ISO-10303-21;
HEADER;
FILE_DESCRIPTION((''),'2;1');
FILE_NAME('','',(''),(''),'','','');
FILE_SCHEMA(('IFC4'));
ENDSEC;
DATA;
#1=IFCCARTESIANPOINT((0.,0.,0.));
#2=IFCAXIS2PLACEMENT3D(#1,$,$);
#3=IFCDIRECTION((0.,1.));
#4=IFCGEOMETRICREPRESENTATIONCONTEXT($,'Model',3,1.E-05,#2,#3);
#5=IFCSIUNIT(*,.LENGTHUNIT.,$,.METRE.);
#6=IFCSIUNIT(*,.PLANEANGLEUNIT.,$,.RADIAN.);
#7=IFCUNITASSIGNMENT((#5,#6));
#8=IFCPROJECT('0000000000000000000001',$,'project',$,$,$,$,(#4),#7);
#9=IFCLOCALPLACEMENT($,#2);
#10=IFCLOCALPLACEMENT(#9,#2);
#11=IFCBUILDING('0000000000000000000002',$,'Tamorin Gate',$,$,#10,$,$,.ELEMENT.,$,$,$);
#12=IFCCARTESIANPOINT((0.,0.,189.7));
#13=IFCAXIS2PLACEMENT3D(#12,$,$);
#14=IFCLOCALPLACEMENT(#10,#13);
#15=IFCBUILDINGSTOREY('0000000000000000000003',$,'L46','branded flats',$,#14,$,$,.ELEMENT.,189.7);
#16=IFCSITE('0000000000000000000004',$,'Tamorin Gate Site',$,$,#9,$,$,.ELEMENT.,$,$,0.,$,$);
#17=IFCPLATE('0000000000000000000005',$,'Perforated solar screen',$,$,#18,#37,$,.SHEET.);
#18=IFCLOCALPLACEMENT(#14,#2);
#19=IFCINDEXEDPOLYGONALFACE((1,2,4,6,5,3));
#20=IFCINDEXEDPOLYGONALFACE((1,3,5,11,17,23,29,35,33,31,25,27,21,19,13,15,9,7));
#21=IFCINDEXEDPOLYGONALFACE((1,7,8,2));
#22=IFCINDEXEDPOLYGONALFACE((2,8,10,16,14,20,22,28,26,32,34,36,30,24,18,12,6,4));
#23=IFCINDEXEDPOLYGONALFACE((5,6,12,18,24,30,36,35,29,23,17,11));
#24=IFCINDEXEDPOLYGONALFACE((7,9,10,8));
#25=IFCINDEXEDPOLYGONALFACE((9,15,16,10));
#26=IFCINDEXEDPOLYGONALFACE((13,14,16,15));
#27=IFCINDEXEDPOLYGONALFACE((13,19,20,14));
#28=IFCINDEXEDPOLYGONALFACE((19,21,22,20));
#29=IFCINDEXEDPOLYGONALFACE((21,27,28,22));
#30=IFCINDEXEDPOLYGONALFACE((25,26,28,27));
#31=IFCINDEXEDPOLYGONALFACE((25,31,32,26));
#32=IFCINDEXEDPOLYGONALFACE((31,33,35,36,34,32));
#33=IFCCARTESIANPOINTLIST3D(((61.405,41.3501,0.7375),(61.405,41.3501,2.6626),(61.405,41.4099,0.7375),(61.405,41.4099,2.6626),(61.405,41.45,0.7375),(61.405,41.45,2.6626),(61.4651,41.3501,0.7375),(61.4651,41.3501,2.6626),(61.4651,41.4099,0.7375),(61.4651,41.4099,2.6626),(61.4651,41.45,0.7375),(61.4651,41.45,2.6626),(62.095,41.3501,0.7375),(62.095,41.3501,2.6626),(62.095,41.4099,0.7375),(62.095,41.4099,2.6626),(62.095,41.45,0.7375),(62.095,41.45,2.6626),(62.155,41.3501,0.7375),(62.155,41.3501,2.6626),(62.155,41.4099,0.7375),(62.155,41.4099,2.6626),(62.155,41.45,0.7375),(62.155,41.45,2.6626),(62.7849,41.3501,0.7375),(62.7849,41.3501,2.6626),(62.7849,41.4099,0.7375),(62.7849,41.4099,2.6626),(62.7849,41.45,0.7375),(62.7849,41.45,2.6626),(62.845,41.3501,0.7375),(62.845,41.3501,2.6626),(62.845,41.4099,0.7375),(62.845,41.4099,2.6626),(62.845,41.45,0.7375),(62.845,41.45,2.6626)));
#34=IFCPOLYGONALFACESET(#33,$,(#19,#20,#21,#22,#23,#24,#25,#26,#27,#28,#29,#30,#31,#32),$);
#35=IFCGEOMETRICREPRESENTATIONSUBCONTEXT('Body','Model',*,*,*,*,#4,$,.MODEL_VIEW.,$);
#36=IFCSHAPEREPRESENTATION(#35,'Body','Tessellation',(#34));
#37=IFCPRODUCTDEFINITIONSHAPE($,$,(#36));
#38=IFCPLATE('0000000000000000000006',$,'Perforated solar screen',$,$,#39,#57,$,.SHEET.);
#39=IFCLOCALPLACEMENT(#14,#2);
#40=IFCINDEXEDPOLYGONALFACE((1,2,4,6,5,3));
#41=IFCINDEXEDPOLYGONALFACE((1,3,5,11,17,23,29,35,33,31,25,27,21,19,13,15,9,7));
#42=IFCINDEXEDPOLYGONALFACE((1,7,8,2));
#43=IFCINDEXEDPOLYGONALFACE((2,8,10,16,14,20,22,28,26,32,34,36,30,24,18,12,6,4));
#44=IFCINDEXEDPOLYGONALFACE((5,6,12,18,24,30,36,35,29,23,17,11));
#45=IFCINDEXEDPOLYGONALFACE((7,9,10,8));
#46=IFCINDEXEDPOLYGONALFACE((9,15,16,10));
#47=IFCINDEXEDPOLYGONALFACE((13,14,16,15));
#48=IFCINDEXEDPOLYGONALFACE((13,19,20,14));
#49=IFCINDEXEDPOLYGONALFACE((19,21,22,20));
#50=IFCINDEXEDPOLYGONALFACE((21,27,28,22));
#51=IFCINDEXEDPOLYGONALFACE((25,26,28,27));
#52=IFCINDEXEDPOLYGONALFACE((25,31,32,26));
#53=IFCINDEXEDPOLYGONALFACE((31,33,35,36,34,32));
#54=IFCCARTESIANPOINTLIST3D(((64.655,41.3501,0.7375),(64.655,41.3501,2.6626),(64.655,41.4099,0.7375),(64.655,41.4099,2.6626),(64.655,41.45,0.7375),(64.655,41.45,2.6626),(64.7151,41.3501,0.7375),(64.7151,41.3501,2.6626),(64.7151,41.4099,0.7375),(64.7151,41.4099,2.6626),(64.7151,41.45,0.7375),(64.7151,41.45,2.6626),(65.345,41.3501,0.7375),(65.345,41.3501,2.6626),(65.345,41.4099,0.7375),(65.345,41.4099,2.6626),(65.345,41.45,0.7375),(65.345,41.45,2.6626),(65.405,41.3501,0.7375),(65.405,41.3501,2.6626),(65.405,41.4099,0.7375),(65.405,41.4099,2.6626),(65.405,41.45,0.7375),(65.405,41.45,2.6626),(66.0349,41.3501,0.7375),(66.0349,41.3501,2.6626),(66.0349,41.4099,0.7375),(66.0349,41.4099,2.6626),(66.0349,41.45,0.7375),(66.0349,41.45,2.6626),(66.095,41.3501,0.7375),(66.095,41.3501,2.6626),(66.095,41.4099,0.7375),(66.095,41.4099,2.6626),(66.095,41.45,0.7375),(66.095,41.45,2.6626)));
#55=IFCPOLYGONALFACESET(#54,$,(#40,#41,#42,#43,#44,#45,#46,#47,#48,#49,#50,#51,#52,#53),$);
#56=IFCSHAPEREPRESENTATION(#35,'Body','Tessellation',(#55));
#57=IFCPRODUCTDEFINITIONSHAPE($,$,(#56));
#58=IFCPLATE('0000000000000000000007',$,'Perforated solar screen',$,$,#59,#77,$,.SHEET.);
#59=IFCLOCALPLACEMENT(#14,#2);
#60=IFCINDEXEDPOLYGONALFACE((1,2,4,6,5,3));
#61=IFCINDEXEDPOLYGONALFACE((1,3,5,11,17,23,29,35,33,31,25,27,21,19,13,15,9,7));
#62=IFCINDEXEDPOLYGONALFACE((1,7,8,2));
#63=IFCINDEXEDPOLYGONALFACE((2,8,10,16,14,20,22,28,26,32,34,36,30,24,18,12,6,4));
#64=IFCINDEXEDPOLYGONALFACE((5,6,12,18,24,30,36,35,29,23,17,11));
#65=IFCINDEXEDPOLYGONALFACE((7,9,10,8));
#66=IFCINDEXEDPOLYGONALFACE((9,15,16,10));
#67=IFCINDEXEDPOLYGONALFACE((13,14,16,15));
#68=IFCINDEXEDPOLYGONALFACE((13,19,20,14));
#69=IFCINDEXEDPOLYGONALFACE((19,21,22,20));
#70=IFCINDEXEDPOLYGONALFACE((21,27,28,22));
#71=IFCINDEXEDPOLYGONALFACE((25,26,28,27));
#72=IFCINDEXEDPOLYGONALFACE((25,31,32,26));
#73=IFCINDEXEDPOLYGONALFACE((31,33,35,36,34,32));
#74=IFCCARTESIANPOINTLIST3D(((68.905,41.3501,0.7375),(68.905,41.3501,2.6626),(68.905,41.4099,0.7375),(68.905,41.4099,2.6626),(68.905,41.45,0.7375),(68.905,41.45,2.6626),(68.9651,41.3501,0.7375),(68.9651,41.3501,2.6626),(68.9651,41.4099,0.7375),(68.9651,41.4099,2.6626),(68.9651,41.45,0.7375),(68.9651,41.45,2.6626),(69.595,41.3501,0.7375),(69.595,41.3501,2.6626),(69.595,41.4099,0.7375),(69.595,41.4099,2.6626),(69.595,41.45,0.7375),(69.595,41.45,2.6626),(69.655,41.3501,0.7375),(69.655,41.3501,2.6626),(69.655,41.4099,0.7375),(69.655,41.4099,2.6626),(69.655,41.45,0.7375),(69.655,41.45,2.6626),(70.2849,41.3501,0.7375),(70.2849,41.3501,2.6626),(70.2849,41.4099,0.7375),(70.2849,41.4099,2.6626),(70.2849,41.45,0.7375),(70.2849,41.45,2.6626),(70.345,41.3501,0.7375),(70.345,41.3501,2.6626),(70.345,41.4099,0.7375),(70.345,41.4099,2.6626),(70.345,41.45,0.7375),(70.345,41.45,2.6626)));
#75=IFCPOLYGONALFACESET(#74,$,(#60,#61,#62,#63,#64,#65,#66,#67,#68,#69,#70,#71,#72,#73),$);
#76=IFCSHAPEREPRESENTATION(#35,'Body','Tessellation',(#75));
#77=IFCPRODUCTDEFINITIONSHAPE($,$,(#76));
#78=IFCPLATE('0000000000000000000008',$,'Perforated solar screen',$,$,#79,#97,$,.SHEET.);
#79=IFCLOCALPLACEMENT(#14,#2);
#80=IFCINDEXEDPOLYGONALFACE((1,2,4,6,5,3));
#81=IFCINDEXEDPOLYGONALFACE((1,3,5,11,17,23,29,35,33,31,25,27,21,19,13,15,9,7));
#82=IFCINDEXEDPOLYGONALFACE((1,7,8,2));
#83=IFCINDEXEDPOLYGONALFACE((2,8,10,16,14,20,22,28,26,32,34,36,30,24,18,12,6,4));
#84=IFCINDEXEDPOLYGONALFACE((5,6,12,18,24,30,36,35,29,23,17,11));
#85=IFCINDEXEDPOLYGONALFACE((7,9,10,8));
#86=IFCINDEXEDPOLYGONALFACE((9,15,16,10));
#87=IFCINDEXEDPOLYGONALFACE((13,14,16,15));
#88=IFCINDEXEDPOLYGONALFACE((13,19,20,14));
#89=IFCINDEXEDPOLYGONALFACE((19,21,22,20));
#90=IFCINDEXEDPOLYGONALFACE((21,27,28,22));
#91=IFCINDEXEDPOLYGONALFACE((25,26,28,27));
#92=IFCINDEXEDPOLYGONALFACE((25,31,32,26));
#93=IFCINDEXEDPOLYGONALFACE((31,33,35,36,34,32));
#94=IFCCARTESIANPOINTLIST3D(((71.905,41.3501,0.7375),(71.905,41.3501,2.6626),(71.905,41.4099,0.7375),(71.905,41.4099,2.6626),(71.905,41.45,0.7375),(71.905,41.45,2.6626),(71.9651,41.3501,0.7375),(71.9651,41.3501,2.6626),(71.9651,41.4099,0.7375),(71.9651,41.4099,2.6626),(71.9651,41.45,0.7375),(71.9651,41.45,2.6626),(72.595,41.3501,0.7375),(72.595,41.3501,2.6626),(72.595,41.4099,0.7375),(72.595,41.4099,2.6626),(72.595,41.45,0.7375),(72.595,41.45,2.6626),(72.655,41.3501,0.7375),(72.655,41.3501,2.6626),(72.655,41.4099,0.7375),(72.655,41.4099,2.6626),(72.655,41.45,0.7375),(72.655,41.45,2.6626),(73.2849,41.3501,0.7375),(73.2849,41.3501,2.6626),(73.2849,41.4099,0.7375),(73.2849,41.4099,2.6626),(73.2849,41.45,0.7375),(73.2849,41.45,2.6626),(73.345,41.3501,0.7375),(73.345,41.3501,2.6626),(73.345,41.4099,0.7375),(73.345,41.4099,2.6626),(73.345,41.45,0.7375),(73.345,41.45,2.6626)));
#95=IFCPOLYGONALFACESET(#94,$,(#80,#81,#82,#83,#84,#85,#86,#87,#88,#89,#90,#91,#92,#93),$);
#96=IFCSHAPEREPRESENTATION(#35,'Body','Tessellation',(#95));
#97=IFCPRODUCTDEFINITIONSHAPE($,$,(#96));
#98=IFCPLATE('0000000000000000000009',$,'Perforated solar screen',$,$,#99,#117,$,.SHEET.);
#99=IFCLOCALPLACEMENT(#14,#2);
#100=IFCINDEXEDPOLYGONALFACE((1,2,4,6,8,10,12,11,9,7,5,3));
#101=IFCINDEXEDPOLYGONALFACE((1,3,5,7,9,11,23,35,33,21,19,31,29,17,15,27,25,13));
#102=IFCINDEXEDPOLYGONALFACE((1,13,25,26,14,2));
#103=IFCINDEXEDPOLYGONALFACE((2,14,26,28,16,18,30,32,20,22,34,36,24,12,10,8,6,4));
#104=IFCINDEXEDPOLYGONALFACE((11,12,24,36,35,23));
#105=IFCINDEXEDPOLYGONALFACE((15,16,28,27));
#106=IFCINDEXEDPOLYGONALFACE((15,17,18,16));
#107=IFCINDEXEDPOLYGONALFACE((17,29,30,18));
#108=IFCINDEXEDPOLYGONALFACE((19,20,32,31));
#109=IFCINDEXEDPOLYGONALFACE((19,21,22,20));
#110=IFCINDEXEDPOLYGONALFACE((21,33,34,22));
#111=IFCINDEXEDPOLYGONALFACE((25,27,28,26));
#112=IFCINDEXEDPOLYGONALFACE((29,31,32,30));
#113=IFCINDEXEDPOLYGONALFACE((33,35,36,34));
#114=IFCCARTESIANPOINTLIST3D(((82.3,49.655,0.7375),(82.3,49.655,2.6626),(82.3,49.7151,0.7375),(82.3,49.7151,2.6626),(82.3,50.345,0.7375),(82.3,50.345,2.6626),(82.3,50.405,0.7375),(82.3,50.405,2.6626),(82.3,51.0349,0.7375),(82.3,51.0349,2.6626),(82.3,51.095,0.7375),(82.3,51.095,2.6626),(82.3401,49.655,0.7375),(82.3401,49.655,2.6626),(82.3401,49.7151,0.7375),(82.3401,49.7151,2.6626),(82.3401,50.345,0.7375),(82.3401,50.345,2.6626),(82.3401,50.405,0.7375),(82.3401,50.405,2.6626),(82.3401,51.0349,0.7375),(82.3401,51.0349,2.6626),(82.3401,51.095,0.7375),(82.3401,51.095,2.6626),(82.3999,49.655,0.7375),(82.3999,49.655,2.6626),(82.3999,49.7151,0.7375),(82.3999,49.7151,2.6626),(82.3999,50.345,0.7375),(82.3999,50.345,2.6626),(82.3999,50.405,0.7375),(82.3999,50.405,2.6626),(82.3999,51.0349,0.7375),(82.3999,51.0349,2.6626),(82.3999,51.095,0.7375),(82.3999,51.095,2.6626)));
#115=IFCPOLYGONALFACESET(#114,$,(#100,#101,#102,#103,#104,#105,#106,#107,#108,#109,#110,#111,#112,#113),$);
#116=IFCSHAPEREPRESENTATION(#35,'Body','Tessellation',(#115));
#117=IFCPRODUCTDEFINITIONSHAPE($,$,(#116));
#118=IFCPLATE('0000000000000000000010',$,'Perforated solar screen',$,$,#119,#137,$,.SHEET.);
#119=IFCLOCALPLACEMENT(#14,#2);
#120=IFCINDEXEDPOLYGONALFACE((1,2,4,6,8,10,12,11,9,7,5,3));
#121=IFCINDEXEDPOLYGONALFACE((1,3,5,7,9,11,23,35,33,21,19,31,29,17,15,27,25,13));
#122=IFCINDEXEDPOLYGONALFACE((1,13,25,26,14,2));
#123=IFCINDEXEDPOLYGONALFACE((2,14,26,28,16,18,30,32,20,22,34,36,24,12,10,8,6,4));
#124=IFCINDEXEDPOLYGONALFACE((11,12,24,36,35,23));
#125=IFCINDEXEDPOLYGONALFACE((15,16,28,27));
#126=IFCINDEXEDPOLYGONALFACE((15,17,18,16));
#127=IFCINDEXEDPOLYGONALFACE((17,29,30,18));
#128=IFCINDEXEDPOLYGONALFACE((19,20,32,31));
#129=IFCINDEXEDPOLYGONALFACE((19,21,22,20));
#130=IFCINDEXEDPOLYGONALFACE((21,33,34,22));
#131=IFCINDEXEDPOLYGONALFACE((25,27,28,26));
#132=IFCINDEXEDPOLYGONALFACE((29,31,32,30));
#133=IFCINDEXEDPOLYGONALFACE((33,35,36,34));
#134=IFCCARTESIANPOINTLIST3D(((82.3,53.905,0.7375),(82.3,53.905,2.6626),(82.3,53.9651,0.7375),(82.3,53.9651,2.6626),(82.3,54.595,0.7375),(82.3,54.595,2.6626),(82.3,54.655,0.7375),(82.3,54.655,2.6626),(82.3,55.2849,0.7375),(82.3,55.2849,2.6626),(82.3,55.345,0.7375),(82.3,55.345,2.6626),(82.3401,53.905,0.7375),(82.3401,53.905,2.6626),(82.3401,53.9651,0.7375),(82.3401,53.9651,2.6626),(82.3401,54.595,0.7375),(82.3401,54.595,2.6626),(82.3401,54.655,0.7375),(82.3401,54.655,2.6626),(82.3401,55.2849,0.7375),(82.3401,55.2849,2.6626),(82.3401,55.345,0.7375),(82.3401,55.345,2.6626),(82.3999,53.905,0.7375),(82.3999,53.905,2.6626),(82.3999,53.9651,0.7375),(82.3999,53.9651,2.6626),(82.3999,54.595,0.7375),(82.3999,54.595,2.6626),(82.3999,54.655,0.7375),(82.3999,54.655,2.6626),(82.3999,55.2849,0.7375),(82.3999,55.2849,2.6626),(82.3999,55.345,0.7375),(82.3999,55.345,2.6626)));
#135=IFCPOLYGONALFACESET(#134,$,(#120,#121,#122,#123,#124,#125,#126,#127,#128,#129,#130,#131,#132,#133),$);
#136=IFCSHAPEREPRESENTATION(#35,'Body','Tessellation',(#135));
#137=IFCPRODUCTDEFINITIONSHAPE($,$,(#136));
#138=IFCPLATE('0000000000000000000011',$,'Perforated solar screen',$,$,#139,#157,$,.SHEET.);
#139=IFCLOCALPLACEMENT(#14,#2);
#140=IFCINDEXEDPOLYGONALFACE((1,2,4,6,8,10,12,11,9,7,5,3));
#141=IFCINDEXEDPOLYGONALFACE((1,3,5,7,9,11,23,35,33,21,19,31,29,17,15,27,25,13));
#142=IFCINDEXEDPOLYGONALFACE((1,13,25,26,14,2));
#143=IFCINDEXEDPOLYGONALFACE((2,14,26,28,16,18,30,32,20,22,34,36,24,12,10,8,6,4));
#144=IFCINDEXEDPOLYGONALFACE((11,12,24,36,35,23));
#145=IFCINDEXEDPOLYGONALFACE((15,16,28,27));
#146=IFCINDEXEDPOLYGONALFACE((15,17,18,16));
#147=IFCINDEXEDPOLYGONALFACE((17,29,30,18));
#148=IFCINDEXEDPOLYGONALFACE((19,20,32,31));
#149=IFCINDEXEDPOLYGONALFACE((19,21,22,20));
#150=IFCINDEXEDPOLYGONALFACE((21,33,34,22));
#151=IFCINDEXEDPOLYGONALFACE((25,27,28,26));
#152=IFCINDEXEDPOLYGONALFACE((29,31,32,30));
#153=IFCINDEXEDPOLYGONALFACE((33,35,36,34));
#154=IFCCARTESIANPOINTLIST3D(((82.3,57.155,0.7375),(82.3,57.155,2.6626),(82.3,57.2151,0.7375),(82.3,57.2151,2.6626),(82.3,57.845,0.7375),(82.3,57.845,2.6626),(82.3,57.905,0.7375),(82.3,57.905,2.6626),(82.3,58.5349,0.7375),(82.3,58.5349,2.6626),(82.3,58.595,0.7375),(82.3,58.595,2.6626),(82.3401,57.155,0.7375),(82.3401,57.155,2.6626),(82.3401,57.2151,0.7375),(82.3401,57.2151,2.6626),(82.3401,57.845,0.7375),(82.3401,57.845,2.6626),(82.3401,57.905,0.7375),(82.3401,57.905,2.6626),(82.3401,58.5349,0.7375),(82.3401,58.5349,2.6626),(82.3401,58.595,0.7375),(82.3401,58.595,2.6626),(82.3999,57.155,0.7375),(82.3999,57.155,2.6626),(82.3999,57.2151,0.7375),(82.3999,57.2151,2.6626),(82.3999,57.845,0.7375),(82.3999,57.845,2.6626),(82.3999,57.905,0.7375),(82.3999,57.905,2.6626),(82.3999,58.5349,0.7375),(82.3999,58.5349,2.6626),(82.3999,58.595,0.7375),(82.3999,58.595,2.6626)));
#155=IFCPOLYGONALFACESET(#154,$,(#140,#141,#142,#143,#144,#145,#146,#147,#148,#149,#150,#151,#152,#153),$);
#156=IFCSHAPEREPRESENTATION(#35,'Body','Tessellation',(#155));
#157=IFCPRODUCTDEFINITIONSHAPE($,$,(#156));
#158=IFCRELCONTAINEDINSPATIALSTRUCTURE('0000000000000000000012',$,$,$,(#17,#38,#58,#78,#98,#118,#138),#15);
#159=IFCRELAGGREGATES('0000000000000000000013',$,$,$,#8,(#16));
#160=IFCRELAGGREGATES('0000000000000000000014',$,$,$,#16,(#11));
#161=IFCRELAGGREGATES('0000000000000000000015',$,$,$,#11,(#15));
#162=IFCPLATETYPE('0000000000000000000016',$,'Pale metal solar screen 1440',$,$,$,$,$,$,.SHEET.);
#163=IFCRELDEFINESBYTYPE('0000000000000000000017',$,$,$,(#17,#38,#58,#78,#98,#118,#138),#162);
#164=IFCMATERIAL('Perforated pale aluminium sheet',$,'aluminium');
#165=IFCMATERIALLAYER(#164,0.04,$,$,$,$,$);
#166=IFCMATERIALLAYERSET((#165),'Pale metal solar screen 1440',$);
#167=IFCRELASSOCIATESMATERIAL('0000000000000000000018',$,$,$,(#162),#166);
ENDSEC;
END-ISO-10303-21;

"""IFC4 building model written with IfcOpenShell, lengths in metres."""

from ifc_helpers import new_model, si_unit, direction, frame, origin, place, context, subcontext, project, spatial, polyline, outline, extrude, material, layer, layer_set, type_object, element, save


model = new_model("IFC4")

# Units and contexts
model_context = context("Model", 3, precision=1e-05, world=origin(), true_north=direction((0.0, 1.0)))
body_context = subcontext(model_context, "Body", "Model", "MODEL_VIEW")
ifc_project = project(units=[si_unit("LENGTHUNIT", "METRE"), si_unit("PLANEANGLEUNIT", "RADIAN")], contexts=[model_context])

# Site, building, storey
site_placement = place(None, origin())
site = spatial("IfcSite", under=ifc_project, at=site_placement, Name="Tamorin Gate Site", CompositionType="ELEMENT", RefElevation=0.0)
building_placement = place(site_placement, origin())
building = spatial("IfcBuilding", under=site, at=building_placement, Name="Tamorin Gate", CompositionType="ELEMENT")
storey_placement = place(building_placement, frame((0.0, 0.0, 189.7)))
storey = spatial("IfcBuildingStorey", under=building, at=storey_placement, Name="L46", Description="branded flats", CompositionType="ELEMENT", Elevation=189.7)

# Plates
ifc_material_1 = material(Name="Perforated pale aluminium sheet", Category="aluminium")
ifc_layer_1 = layer(ifc_material_1, 0.04)
ifc_layer_set_1 = layer_set([ifc_layer_1], Name="Pale metal solar screen 1440")
plate_type_1 = type_object("IfcPlateType", Name="Pale metal solar screen 1440", PredefinedType="SHEET", material=ifc_layer_set_1)
plate_1_placement = place(storey_placement, frame((0.0, 0.0, 0.7375)))
element("IfcPlate", 1, at=plate_1_placement, inside=storey, type_object=plate_type_1, Name="Perforated solar screen", PredefinedType="SHEET", context=body_context, shape_type="SweptSolid", body=[
    extrude(outline(polyline([(61.405, 41.4099), (61.405, 41.45), (61.4651, 41.45), (62.095, 41.45), (62.155, 41.45), (62.7849, 41.45), (62.845, 41.45), (62.845, 41.4099), (62.845, 41.3501), (62.7849, 41.3501), (62.7849, 41.4099), (62.155, 41.4099), (62.155, 41.3501), (62.095, 41.3501), (62.095, 41.4099), (61.4651, 41.4099), (61.4651, 41.3501), (61.405, 41.3501), (61.405, 41.4099)])), origin(), (0.0, 0.0, 1.0), 1.925),
])
plate_2_placement = place(storey_placement, frame((0.0, 0.0, 0.7375)))
element("IfcPlate", 2, at=plate_2_placement, inside=storey, type_object=plate_type_1, Name="Perforated solar screen", PredefinedType="SHEET", context=body_context, shape_type="SweptSolid", body=[
    extrude(outline(polyline([(64.655, 41.4099), (64.655, 41.45), (64.7151, 41.45), (65.345, 41.45), (65.405, 41.45), (66.0349, 41.45), (66.095, 41.45), (66.095, 41.4099), (66.095, 41.3501), (66.0349, 41.3501), (66.0349, 41.4099), (65.405, 41.4099), (65.405, 41.3501), (65.345, 41.3501), (65.345, 41.4099), (64.7151, 41.4099), (64.7151, 41.3501), (64.655, 41.3501), (64.655, 41.4099)])), origin(), (0.0, 0.0, 1.0), 1.925),
])
plate_3_placement = place(storey_placement, frame((0.0, 0.0, 0.7375)))
element("IfcPlate", 3, at=plate_3_placement, inside=storey, type_object=plate_type_1, Name="Perforated solar screen", PredefinedType="SHEET", context=body_context, shape_type="SweptSolid", body=[
    extrude(outline(polyline([(68.905, 41.4099), (68.905, 41.45), (68.9651, 41.45), (69.595, 41.45), (69.655, 41.45), (70.2849, 41.45), (70.345, 41.45), (70.345, 41.4099), (70.345, 41.3501), (70.2849, 41.3501), (70.2849, 41.4099), (69.655, 41.4099), (69.655, 41.3501), (69.595, 41.3501), (69.595, 41.4099), (68.9651, 41.4099), (68.9651, 41.3501), (68.905, 41.3501), (68.905, 41.4099)])), origin(), (0.0, 0.0, 1.0), 1.925),
])
plate_4_placement = place(storey_placement, frame((0.0, 0.0, 0.7375)))
element("IfcPlate", 4, at=plate_4_placement, inside=storey, type_object=plate_type_1, Name="Perforated solar screen", PredefinedType="SHEET", context=body_context, shape_type="SweptSolid", body=[
    extrude(outline(polyline([(71.905, 41.4099), (71.905, 41.45), (71.9651, 41.45), (72.595, 41.45), (72.655, 41.45), (73.2849, 41.45), (73.345, 41.45), (73.345, 41.4099), (73.345, 41.3501), (73.2849, 41.3501), (73.2849, 41.4099), (72.655, 41.4099), (72.655, 41.3501), (72.595, 41.3501), (72.595, 41.4099), (71.9651, 41.4099), (71.9651, 41.3501), (71.905, 41.3501), (71.905, 41.4099)])), origin(), (0.0, 0.0, 1.0), 1.925),
])
plate_5_placement = place(storey_placement, frame((0.0, 0.0, 0.7375)))
element("IfcPlate", 5, at=plate_5_placement, inside=storey, type_object=plate_type_1, Name="Perforated solar screen", PredefinedType="SHEET", context=body_context, shape_type="SweptSolid", body=[
    extrude(outline(polyline([(82.3401, 49.655), (82.3, 49.655), (82.3, 49.7151), (82.3, 50.345), (82.3, 50.405), (82.3, 51.0349), (82.3, 51.095), (82.3, 51.095), (82.3401, 51.095), (82.3401, 51.095), (82.3999, 51.095), (82.3999, 51.0349), (82.3401, 51.0349), (82.3401, 50.405), (82.3999, 50.405), (82.3999, 50.345), (82.3401, 50.345), (82.3401, 49.7151), (82.3999, 49.7151), (82.3999, 49.655), (82.3401, 49.655)])), origin(), (0.0, 0.0, 1.0), 1.925),
])
plate_6_placement = place(storey_placement, frame((0.0, 0.0, 0.7375)))
element("IfcPlate", 6, at=plate_6_placement, inside=storey, type_object=plate_type_1, Name="Perforated solar screen", PredefinedType="SHEET", context=body_context, shape_type="SweptSolid", body=[
    extrude(outline(polyline([(82.3401, 53.905), (82.3, 53.905), (82.3, 53.9651), (82.3, 54.595), (82.3, 54.655), (82.3, 55.2849), (82.3, 55.345), (82.3401, 55.345), (82.3999, 55.345), (82.3999, 55.2849), (82.3401, 55.2849), (82.3401, 54.655), (82.3999, 54.655), (82.3999, 54.595), (82.3401, 54.595), (82.3401, 53.9651), (82.3999, 53.9651), (82.3999, 53.905), (82.3401, 53.905)])), origin(), (0.0, 0.0, 1.0), 1.925),
])
plate_7_placement = place(storey_placement, frame((0.0, 0.0, 0.7375)))
element("IfcPlate", 7, at=plate_7_placement, inside=storey, type_object=plate_type_1, Name="Perforated solar screen", PredefinedType="SHEET", context=body_context, shape_type="SweptSolid", body=[
    extrude(outline(polyline([(82.3401, 57.155), (82.3, 57.155), (82.3, 57.2151), (82.3, 57.845), (82.3, 57.905), (82.3, 58.5349), (82.3, 58.595), (82.3401, 58.595), (82.3999, 58.595), (82.3999, 58.5349), (82.3401, 58.5349), (82.3401, 57.905), (82.3999, 57.905), (82.3999, 57.845), (82.3401, 57.845), (82.3401, 57.2151), (82.3999, 57.2151), (82.3999, 57.155), (82.3401, 57.155)])), origin(), (0.0, 0.0, 1.0), 1.925),
])

save(model, "model.ifc")
